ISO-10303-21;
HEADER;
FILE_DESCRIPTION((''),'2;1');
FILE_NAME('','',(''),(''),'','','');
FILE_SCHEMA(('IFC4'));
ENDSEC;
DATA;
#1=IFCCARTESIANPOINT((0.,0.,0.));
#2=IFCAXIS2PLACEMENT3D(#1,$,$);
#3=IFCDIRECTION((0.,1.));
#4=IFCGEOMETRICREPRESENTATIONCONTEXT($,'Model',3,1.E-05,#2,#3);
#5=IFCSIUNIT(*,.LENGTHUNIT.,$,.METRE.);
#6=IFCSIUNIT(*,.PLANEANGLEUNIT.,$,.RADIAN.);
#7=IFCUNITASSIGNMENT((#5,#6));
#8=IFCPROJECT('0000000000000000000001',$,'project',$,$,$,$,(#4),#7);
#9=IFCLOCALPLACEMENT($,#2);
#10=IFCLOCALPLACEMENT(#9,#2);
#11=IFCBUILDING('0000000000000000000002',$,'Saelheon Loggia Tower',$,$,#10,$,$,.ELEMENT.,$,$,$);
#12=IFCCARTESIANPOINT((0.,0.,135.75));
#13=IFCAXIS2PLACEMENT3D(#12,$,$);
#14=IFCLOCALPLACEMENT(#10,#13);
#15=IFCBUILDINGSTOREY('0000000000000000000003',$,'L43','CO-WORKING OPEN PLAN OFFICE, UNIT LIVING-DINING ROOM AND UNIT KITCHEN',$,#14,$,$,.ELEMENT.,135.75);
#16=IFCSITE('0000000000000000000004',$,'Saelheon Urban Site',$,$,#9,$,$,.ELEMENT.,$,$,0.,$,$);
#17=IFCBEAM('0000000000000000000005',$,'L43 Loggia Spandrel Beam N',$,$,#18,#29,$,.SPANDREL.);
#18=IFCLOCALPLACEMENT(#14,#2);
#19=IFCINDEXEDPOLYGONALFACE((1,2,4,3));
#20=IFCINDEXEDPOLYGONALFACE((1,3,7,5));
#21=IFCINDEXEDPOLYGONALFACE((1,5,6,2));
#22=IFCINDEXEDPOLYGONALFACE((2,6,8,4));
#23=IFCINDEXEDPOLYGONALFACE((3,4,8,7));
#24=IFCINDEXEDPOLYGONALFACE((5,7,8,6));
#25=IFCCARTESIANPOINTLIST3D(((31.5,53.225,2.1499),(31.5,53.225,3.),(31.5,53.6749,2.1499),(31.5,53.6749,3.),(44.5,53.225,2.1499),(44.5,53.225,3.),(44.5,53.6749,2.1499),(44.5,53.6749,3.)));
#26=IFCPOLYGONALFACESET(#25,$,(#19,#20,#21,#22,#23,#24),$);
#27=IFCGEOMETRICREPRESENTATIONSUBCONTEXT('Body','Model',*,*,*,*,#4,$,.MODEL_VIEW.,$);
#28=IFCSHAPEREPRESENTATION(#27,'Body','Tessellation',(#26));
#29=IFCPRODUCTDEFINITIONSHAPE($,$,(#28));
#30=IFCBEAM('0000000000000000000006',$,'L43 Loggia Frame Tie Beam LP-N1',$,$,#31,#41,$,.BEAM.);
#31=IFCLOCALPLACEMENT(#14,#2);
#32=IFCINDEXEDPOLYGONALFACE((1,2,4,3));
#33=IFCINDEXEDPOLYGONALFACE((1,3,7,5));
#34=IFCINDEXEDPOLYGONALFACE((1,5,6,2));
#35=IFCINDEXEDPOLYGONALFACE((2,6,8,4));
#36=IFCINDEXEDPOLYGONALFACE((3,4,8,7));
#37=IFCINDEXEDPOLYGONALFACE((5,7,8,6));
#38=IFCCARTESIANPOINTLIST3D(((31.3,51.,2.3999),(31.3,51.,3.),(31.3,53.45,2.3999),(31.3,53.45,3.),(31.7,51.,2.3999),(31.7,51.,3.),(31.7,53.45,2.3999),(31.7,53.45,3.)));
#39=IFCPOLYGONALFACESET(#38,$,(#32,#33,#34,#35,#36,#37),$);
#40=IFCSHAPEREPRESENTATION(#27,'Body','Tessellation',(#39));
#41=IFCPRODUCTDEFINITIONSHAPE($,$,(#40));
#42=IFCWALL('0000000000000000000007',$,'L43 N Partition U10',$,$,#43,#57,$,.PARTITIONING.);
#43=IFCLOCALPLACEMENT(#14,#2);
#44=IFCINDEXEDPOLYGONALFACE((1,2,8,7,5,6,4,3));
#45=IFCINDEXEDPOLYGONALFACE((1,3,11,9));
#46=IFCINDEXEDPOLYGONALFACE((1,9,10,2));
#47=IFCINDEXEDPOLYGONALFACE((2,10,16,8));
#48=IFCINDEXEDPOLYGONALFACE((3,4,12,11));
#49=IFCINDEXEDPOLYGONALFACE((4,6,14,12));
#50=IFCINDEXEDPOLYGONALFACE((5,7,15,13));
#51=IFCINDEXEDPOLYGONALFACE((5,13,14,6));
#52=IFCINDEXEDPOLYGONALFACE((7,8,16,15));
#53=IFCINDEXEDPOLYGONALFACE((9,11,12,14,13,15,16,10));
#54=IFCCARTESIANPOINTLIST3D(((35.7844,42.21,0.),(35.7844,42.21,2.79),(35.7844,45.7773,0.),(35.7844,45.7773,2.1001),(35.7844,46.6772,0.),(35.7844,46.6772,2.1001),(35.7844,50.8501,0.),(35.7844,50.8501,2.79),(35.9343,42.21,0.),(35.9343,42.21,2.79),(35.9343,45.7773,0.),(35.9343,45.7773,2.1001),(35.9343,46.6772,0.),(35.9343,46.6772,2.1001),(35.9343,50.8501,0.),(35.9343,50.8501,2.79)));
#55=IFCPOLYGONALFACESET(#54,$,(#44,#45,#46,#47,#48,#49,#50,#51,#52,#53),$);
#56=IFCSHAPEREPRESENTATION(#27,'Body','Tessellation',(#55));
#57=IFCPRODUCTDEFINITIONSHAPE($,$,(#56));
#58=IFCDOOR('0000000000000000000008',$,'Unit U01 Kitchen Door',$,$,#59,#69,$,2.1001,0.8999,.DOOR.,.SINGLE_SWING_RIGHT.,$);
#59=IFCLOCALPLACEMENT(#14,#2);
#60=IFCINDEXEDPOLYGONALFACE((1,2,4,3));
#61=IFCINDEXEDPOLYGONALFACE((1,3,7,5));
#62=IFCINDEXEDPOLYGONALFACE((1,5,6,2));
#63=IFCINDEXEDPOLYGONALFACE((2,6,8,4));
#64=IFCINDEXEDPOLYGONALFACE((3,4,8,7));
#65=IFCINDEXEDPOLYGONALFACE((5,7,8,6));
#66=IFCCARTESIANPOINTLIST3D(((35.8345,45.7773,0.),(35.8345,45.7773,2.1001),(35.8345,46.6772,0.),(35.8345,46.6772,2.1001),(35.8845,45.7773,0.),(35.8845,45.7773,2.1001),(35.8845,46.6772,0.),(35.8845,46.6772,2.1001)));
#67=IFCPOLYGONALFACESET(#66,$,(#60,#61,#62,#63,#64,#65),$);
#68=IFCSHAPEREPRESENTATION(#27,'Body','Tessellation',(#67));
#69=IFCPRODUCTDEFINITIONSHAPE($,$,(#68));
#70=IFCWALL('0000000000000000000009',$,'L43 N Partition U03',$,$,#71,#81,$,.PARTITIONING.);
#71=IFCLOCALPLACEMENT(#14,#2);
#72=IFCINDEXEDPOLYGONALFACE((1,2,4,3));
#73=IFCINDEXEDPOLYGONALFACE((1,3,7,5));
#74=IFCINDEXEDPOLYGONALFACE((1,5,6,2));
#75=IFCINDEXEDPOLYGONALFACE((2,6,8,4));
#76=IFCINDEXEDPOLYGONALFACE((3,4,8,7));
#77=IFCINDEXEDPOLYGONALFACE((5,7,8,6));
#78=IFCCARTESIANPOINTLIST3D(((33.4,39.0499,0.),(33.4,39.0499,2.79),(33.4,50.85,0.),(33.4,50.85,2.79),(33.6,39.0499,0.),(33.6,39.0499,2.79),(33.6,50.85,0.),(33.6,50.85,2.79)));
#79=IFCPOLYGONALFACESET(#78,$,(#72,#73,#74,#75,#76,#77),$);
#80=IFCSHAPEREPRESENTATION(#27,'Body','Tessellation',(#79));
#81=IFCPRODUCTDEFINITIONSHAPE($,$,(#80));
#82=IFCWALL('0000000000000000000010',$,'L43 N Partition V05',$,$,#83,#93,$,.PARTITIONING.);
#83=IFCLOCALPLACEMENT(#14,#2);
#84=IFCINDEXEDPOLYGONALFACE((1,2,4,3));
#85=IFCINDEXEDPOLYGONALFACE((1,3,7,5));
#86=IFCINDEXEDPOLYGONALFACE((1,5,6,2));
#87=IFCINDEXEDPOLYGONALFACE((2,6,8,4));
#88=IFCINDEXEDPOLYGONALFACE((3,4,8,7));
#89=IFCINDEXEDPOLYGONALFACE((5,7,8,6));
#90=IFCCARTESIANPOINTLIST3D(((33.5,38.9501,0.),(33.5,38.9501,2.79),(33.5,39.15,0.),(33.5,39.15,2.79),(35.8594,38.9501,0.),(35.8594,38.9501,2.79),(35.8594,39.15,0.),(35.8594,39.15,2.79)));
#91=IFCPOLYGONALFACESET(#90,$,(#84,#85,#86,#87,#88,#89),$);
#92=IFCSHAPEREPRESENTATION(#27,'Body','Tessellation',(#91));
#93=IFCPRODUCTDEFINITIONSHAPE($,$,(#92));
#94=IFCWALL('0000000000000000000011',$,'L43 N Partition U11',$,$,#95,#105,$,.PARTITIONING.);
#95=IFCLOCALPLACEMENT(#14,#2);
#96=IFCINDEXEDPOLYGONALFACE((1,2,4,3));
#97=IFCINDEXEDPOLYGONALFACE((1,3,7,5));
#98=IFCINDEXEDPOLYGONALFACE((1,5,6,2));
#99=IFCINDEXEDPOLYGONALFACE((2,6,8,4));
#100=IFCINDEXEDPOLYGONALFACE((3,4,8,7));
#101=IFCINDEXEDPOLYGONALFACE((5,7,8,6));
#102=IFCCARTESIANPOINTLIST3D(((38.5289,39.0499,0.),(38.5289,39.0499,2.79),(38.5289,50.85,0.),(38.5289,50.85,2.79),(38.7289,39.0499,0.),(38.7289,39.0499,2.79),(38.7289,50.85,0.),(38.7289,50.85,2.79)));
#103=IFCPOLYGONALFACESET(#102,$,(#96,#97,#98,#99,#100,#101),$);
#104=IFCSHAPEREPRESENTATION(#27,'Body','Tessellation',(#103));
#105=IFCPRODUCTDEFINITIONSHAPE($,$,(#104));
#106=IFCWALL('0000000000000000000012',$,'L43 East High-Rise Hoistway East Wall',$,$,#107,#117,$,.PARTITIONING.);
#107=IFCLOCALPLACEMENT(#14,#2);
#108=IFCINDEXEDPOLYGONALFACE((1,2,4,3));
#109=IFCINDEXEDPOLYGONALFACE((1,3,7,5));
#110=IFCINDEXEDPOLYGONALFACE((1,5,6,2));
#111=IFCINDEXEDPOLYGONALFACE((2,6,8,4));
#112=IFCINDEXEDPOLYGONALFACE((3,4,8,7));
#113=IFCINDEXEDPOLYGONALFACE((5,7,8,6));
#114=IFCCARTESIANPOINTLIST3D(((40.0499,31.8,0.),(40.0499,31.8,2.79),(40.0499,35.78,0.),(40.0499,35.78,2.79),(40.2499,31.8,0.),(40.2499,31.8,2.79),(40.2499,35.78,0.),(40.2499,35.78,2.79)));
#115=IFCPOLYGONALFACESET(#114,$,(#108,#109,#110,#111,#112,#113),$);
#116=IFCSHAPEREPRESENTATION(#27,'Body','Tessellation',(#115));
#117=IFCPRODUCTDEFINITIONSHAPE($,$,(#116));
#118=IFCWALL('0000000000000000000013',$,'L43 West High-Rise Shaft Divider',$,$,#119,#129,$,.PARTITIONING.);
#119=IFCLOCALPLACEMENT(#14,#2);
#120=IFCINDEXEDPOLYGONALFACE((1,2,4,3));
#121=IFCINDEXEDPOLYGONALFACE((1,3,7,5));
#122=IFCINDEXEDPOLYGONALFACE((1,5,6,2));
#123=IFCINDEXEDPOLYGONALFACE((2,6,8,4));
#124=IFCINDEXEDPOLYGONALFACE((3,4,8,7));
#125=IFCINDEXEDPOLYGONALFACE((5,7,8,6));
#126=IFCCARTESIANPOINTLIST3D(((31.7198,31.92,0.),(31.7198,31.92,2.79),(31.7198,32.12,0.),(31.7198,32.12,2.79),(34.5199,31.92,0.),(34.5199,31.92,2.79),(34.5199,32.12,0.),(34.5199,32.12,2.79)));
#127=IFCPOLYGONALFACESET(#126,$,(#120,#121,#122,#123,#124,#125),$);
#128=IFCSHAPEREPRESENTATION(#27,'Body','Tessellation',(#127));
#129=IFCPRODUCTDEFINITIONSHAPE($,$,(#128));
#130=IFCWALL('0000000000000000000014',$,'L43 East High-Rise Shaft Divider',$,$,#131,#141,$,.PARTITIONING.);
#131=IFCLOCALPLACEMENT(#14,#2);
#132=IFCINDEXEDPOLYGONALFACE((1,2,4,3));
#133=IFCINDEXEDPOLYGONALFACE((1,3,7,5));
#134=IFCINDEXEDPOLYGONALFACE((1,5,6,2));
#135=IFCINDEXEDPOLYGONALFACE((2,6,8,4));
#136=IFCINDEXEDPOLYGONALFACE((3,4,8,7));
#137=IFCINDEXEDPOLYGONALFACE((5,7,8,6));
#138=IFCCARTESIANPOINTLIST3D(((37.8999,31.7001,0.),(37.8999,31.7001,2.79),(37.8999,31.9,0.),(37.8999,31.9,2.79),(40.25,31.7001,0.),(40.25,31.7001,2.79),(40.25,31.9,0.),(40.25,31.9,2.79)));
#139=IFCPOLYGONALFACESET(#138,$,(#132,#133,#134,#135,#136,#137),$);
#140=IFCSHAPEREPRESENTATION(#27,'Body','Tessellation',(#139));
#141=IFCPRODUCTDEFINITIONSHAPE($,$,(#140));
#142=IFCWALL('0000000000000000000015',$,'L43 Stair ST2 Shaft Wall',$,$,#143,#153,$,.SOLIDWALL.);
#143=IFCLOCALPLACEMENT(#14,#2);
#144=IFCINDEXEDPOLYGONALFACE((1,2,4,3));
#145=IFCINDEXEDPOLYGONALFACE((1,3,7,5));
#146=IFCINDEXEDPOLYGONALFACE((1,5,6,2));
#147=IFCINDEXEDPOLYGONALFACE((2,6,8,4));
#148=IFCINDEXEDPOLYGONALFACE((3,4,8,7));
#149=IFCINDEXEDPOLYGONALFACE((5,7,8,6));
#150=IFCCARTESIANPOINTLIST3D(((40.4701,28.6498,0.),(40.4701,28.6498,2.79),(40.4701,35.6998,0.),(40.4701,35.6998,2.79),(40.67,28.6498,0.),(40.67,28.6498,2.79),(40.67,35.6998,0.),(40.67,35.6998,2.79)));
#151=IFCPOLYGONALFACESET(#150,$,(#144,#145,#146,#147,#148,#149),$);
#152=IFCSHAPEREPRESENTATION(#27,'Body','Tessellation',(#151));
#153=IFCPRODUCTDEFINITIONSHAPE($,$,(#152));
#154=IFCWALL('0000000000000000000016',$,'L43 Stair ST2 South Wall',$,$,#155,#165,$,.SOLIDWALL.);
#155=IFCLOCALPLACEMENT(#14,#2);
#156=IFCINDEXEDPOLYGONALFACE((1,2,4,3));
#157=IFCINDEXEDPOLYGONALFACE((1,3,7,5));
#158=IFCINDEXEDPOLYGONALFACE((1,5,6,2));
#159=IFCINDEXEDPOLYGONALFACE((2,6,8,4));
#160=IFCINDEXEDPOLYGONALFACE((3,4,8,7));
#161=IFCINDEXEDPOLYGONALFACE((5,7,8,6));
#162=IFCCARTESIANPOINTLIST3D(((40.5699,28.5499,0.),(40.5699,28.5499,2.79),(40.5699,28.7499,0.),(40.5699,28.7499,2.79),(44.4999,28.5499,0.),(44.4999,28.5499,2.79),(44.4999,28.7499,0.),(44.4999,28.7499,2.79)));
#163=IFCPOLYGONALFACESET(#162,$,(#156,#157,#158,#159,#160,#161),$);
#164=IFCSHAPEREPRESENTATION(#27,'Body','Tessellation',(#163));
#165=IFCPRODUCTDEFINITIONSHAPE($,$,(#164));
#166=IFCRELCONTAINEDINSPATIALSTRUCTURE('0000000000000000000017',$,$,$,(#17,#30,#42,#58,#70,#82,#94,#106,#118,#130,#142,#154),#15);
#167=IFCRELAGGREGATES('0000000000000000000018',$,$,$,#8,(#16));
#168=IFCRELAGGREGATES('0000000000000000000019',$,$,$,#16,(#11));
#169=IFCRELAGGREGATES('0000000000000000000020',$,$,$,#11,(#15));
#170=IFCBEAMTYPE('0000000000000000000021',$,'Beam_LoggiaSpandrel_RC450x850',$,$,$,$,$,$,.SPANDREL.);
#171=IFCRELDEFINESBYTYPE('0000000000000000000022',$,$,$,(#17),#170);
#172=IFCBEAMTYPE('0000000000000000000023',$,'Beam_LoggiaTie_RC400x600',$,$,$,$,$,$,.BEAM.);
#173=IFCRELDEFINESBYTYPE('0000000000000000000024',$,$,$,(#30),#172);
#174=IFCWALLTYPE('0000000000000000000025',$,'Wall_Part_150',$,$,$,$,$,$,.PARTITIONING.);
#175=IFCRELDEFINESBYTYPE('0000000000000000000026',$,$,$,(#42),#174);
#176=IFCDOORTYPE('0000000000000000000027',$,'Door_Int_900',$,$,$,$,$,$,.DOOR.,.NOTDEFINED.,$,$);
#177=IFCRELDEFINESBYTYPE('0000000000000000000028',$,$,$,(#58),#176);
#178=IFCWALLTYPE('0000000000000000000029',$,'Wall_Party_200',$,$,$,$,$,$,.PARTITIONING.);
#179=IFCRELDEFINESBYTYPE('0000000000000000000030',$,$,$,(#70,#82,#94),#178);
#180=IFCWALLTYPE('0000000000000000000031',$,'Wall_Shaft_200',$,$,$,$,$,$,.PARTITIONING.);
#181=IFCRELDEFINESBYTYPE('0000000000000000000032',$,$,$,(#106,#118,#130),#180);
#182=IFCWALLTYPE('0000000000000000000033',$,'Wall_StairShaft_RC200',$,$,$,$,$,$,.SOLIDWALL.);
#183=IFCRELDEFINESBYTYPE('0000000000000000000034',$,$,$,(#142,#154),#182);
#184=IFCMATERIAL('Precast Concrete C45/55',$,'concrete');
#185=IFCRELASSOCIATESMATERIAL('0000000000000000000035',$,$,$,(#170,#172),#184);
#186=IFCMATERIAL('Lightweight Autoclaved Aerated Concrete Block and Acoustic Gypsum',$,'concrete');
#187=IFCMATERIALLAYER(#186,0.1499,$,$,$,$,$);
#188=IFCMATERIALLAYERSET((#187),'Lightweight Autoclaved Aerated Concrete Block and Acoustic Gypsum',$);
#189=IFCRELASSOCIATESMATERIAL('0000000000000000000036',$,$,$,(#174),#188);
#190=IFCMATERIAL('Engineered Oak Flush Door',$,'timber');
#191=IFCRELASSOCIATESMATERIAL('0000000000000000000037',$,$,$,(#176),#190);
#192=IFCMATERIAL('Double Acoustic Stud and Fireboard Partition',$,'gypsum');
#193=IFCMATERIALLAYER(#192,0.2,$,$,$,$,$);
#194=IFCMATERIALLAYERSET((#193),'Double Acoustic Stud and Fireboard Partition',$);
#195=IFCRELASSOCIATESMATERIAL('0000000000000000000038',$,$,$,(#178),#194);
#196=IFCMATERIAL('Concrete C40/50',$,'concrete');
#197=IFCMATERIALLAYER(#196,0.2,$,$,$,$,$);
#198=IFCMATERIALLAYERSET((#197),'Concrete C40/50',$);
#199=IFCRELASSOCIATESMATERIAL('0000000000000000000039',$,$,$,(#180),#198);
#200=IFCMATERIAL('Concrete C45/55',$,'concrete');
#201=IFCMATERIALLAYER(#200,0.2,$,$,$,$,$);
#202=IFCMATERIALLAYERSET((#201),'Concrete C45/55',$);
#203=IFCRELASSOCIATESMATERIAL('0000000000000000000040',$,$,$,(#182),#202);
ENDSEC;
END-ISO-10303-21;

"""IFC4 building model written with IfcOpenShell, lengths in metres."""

from ifc_helpers import new_model, si_unit, direction, frame, frame_2d, origin, origin_2d, place, context, subcontext, project, spatial, rectangle, extrude, source, transform, mapped, material, layer, layer_set, material_profile, profile_set, type_object, element, fill, save


model = new_model("IFC4")

# Units and contexts
model_context = context("Model", 3, precision=1e-05, world=origin(), true_north=direction((0.0, 1.0)))
body_context = subcontext(model_context, "Body", "Model", "MODEL_VIEW")
ifc_project = project(units=[si_unit("LENGTHUNIT", "METRE"), si_unit("PLANEANGLEUNIT", "RADIAN")], contexts=[model_context])

# Site, building, storey
site_placement = place(None, origin())
site = spatial("IfcSite", under=ifc_project, at=site_placement, Name="Saelheon Urban Site", CompositionType="ELEMENT", RefElevation=0.0)
building_placement = place(site_placement, origin())
building = spatial("IfcBuilding", under=site, at=building_placement, Name="Saelheon Loggia Tower", CompositionType="ELEMENT")
storey_placement = place(building_placement, frame((0.0, 0.0, 135.75)))
storey = spatial("IfcBuildingStorey", under=building, at=storey_placement, Name="L43", Description="CO-WORKING OPEN PLAN OFFICE, UNIT LIVING-DINING ROOM AND UNIT KITCHEN", CompositionType="ELEMENT", Elevation=135.75)

# Beams
ifc_material_1 = material(Name="Precast Concrete C45/55", Category="concrete")
ifc_material_profile_1 = material_profile(ifc_material_1, rectangle(XDim=0.45, YDim=0.8501, at=origin_2d()), Name="RC-450x850")
ifc_profile_set_1 = profile_set([ifc_material_profile_1], Name="Precast Concrete C45/55")
beam_type_1 = type_object("IfcBeamType", Name="Beam_LoggiaSpandrel_RC450x850", PredefinedType="SPANDREL", material=ifc_profile_set_1)
shared_shape_1 = source(origin(), body_context, "Body", "SweptSolid", [
    extrude(rectangle(XDim=0.45, YDim=0.8501, at=origin_2d()), origin(), (0.0, 0.0, 1.0), 13.0),
])
beam_1_placement = place(storey_placement, frame((31.5, 53.45, 2.575), z_axis=(1.0, 0.0, 0.0), x_axis=(0.0, 1.0, 0.0)))
element("IfcBeam", 1, at=beam_1_placement, inside=storey, type_object=beam_type_1, Name="L43 Loggia Spandrel Beam N", PredefinedType="SPANDREL", context=body_context, shape_type="MappedRepresentation", body=[
    mapped(shared_shape_1, transform((0.0, 0.0, 0.0), scale=1.0)),
])
ifc_material_profile_2 = material_profile(ifc_material_1, rectangle(XDim=0.3999, YDim=0.6001, at=origin_2d()), Name="RC-400x600")
ifc_profile_set_2 = profile_set([ifc_material_profile_2], Name="Precast Concrete C45/55")
beam_type_2 = type_object("IfcBeamType", Name="Beam_LoggiaTie_RC400x600", PredefinedType="BEAM", material=ifc_profile_set_2)
shared_shape_2 = source(origin(), body_context, "Body", "SweptSolid", [
    extrude(rectangle(XDim=0.3999, YDim=0.6001, at=origin_2d()), origin(), (0.0, 0.0, 1.0), 2.45),
])
beam_2_placement = place(storey_placement, frame((31.5, 51.0, 2.7), z_axis=(0.0, 1.0, 0.0), x_axis=(-1.0, 0.0, 0.0)))
element("IfcBeam", 2, at=beam_2_placement, inside=storey, type_object=beam_type_2, Name="L43 Loggia Frame Tie Beam LP-N1", PredefinedType="BEAM", context=body_context, shape_type="MappedRepresentation", body=[
    mapped(shared_shape_2, transform((0.0, 0.0, 0.0), scale=1.0)),
])

# Wall, opening, door
ifc_material_2 = material(Name="Lightweight Autoclaved Aerated Concrete Block and Acoustic Gypsum", Category="concrete")
ifc_layer_1 = layer(ifc_material_2, 0.1499)
ifc_layer_set_1 = layer_set([ifc_layer_1], Name="Lightweight Autoclaved Aerated Concrete Block and Acoustic Gypsum")
wall_type_1 = type_object("IfcWallType", Name="Wall_Part_150", PredefinedType="PARTITIONING", material=ifc_layer_set_1)
wall_1_placement = place(storey_placement, frame((35.8594, 42.21, 0.0), z_axis=(0.0, 0.0, 1.0), x_axis=(0.0, 1.0, 0.0)))
wall_1 = element("IfcWall", 3, at=wall_1_placement, inside=storey, type_object=wall_type_1, Name="L43 N Partition U10", PredefinedType="PARTITIONING", context=body_context, shape_type="SweptSolid", body=[
    extrude(rectangle(XDim=8.6401, YDim=0.1499, at=frame_2d((4.3201, 0.0))), origin(), (0.0, 0.0, 1.0), 2.79),
])
opening_1_placement = place(wall_1_placement, frame((3.5674, 0.0, 0.0)))
opening_1 = element("IfcOpeningElement", 4, at=opening_1_placement, cuts=wall_1, PredefinedType="OPENING", context=body_context, shape_type="SweptSolid", body=[
    extrude(rectangle(XDim=0.8999, YDim=2.1001, at=frame_2d((0.45, 1.05))), frame((0.0, 0.0869, 0.0), z_axis=(0.0, -1.0, 0.0), x_axis=(1.0, 0.0, 0.0)), (0.0, 0.0, 1.0), 0.1738),
])
ifc_material_3 = material(Name="Engineered Oak Flush Door", Category="timber")
door_type_1 = type_object("IfcDoorType", Name="Door_Int_900", OperationType="NOTDEFINED", PredefinedType="DOOR", material=ifc_material_3)
shared_shape_3 = source(origin(), body_context, "Body", "SweptSolid", [
    extrude(rectangle(XDim=0.8999, YDim=2.1001, at=frame_2d((0.45, 1.05))), frame((0.0, 0.0249, 0.0), z_axis=(0.0, -1.0, 0.0), x_axis=(1.0, 0.0, 0.0)), (0.0, 0.0, 1.0), 0.05),
])
door_1_placement = place(opening_1_placement, origin())
door_1 = element("IfcDoor", 5, at=door_1_placement, inside=storey, type_object=door_type_1, Name="Unit U01 Kitchen Door", OperationType="SINGLE_SWING_RIGHT", OverallHeight=2.1001, OverallWidth=0.8999, PredefinedType="DOOR", context=body_context, shape_type="MappedRepresentation", body=[
    mapped(shared_shape_3, transform((0.0, 0.0, 0.0), scale=1.0)),
])
fill(opening_1, door_1)

# Walls
ifc_material_4 = material(Name="Double Acoustic Stud and Fireboard Partition", Category="gypsum")
ifc_layer_2 = layer(ifc_material_4, 0.2)
ifc_layer_set_2 = layer_set([ifc_layer_2], Name="Double Acoustic Stud and Fireboard Partition")
wall_type_2 = type_object("IfcWallType", Name="Wall_Party_200", PredefinedType="PARTITIONING", material=ifc_layer_set_2)
wall_2_placement = place(storey_placement, frame((33.5, 39.05, 0.0), z_axis=(0.0, 0.0, 1.0), x_axis=(0.0, 1.0, 0.0)))
element("IfcWall", 6, at=wall_2_placement, inside=storey, type_object=wall_type_2, Name="L43 N Partition U03", PredefinedType="PARTITIONING", context=body_context, shape_type="SweptSolid", body=[
    extrude(rectangle(XDim=11.8, YDim=0.2, at=frame_2d((5.8999, 0.0))), origin(), (0.0, 0.0, 1.0), 2.79),
])
wall_3_placement = place(storey_placement, frame((33.5, 39.05, 0.0), z_axis=(0.0, 0.0, 1.0), x_axis=(1.0, 0.0, 0.0)))
element("IfcWall", 7, at=wall_3_placement, inside=storey, type_object=wall_type_2, Name="L43 N Partition V05", PredefinedType="PARTITIONING", context=body_context, shape_type="SweptSolid", body=[
    extrude(rectangle(XDim=2.3594, YDim=0.2, at=frame_2d((1.1797, 0.0))), origin(), (0.0, 0.0, 1.0), 2.79),
])

# Walls
wall_4_placement = place(storey_placement, frame((38.6289, 39.05, 0.0), z_axis=(0.0, 0.0, 1.0), x_axis=(0.0, 1.0, 0.0)))
element("IfcWall", 8, at=wall_4_placement, inside=storey, type_object=wall_type_2, Name="L43 N Partition U11", PredefinedType="PARTITIONING", context=body_context, shape_type="SweptSolid", body=[
    extrude(rectangle(XDim=11.8, YDim=0.2, at=frame_2d((5.8999, 0.0))), origin(), (0.0, 0.0, 1.0), 2.79),
])
ifc_material_5 = material(Name="Concrete C40/50", Category="concrete")
ifc_layer_3 = layer(ifc_material_5, 0.2)
ifc_layer_set_3 = layer_set([ifc_layer_3], Name="Concrete C40/50")
wall_type_3 = type_object("IfcWallType", Name="Wall_Shaft_200", PredefinedType="PARTITIONING", material=ifc_layer_set_3)
wall_5_placement = place(storey_placement, frame((40.1499, 31.8, 0.0), z_axis=(0.0, 0.0, 1.0), x_axis=(0.0, 1.0, 0.0)))
element("IfcWall", 9, at=wall_5_placement, inside=storey, type_object=wall_type_3, Name="L43 East High-Rise Hoistway East Wall", PredefinedType="PARTITIONING", context=body_context, shape_type="SweptSolid", body=[
    extrude(rectangle(XDim=3.98, YDim=0.2, at=frame_2d((1.99, 0.0))), origin(), (0.0, 0.0, 1.0), 2.79),
])
wall_6_placement = place(storey_placement, frame((31.72, 32.02, 0.0), z_axis=(0.0, 0.0, 1.0), x_axis=(1.0, 0.0, 0.0)))
element("IfcWall", 10, at=wall_6_placement, inside=storey, type_object=wall_type_3, Name="L43 West High-Rise Shaft Divider", PredefinedType="PARTITIONING", context=body_context, shape_type="SweptSolid", body=[
    extrude(rectangle(XDim=2.8, YDim=0.2, at=frame_2d((1.3999, 0.0))), origin(), (0.0, 0.0, 1.0), 2.79),
])
wall_7_placement = place(storey_placement, frame((37.8999, 31.8, 0.0), z_axis=(0.0, 0.0, 1.0), x_axis=(1.0, 0.0, 0.0)))
element("IfcWall", 11, at=wall_7_placement, inside=storey, type_object=wall_type_3, Name="L43 East High-Rise Shaft Divider", PredefinedType="PARTITIONING", context=body_context, shape_type="SweptSolid", body=[
    extrude(rectangle(XDim=2.3501, YDim=0.2, at=frame_2d((1.175, 0.0))), origin(), (0.0, 0.0, 1.0), 2.79),
])
ifc_material_6 = material(Name="Concrete C45/55", Category="concrete")
ifc_layer_4 = layer(ifc_material_6, 0.2)
ifc_layer_set_4 = layer_set([ifc_layer_4], Name="Concrete C45/55")
wall_type_4 = type_object("IfcWallType", Name="Wall_StairShaft_RC200", PredefinedType="SOLIDWALL", material=ifc_layer_set_4)
wall_8_placement = place(storey_placement, frame((40.5701, 28.6499, 0.0), z_axis=(0.0, 0.0, 1.0), x_axis=(0.0, 1.0, 0.0)))
element("IfcWall", 12, at=wall_8_placement, inside=storey, type_object=wall_type_4, Name="L43 Stair ST2 Shaft Wall", PredefinedType="SOLIDWALL", context=body_context, shape_type="SweptSolid", body=[
    extrude(rectangle(XDim=7.05, YDim=0.2, at=frame_2d((3.5249, 0.0))), origin(), (0.0, 0.0, 1.0), 2.79),
])
wall_9_placement = place(storey_placement, frame((40.5701, 28.6499, 0.0), z_axis=(0.0, 0.0, 1.0), x_axis=(1.0, 0.0, 0.0)))
element("IfcWall", 13, at=wall_9_placement, inside=storey, type_object=wall_type_4, Name="L43 Stair ST2 South Wall", PredefinedType="SOLIDWALL", context=body_context, shape_type="SweptSolid", body=[
    extrude(rectangle(XDim=3.9299, YDim=0.2, at=frame_2d((1.9648, 0.0))), origin(), (0.0, 0.0, 1.0), 2.79),
])

save(model, "model.ifc")
